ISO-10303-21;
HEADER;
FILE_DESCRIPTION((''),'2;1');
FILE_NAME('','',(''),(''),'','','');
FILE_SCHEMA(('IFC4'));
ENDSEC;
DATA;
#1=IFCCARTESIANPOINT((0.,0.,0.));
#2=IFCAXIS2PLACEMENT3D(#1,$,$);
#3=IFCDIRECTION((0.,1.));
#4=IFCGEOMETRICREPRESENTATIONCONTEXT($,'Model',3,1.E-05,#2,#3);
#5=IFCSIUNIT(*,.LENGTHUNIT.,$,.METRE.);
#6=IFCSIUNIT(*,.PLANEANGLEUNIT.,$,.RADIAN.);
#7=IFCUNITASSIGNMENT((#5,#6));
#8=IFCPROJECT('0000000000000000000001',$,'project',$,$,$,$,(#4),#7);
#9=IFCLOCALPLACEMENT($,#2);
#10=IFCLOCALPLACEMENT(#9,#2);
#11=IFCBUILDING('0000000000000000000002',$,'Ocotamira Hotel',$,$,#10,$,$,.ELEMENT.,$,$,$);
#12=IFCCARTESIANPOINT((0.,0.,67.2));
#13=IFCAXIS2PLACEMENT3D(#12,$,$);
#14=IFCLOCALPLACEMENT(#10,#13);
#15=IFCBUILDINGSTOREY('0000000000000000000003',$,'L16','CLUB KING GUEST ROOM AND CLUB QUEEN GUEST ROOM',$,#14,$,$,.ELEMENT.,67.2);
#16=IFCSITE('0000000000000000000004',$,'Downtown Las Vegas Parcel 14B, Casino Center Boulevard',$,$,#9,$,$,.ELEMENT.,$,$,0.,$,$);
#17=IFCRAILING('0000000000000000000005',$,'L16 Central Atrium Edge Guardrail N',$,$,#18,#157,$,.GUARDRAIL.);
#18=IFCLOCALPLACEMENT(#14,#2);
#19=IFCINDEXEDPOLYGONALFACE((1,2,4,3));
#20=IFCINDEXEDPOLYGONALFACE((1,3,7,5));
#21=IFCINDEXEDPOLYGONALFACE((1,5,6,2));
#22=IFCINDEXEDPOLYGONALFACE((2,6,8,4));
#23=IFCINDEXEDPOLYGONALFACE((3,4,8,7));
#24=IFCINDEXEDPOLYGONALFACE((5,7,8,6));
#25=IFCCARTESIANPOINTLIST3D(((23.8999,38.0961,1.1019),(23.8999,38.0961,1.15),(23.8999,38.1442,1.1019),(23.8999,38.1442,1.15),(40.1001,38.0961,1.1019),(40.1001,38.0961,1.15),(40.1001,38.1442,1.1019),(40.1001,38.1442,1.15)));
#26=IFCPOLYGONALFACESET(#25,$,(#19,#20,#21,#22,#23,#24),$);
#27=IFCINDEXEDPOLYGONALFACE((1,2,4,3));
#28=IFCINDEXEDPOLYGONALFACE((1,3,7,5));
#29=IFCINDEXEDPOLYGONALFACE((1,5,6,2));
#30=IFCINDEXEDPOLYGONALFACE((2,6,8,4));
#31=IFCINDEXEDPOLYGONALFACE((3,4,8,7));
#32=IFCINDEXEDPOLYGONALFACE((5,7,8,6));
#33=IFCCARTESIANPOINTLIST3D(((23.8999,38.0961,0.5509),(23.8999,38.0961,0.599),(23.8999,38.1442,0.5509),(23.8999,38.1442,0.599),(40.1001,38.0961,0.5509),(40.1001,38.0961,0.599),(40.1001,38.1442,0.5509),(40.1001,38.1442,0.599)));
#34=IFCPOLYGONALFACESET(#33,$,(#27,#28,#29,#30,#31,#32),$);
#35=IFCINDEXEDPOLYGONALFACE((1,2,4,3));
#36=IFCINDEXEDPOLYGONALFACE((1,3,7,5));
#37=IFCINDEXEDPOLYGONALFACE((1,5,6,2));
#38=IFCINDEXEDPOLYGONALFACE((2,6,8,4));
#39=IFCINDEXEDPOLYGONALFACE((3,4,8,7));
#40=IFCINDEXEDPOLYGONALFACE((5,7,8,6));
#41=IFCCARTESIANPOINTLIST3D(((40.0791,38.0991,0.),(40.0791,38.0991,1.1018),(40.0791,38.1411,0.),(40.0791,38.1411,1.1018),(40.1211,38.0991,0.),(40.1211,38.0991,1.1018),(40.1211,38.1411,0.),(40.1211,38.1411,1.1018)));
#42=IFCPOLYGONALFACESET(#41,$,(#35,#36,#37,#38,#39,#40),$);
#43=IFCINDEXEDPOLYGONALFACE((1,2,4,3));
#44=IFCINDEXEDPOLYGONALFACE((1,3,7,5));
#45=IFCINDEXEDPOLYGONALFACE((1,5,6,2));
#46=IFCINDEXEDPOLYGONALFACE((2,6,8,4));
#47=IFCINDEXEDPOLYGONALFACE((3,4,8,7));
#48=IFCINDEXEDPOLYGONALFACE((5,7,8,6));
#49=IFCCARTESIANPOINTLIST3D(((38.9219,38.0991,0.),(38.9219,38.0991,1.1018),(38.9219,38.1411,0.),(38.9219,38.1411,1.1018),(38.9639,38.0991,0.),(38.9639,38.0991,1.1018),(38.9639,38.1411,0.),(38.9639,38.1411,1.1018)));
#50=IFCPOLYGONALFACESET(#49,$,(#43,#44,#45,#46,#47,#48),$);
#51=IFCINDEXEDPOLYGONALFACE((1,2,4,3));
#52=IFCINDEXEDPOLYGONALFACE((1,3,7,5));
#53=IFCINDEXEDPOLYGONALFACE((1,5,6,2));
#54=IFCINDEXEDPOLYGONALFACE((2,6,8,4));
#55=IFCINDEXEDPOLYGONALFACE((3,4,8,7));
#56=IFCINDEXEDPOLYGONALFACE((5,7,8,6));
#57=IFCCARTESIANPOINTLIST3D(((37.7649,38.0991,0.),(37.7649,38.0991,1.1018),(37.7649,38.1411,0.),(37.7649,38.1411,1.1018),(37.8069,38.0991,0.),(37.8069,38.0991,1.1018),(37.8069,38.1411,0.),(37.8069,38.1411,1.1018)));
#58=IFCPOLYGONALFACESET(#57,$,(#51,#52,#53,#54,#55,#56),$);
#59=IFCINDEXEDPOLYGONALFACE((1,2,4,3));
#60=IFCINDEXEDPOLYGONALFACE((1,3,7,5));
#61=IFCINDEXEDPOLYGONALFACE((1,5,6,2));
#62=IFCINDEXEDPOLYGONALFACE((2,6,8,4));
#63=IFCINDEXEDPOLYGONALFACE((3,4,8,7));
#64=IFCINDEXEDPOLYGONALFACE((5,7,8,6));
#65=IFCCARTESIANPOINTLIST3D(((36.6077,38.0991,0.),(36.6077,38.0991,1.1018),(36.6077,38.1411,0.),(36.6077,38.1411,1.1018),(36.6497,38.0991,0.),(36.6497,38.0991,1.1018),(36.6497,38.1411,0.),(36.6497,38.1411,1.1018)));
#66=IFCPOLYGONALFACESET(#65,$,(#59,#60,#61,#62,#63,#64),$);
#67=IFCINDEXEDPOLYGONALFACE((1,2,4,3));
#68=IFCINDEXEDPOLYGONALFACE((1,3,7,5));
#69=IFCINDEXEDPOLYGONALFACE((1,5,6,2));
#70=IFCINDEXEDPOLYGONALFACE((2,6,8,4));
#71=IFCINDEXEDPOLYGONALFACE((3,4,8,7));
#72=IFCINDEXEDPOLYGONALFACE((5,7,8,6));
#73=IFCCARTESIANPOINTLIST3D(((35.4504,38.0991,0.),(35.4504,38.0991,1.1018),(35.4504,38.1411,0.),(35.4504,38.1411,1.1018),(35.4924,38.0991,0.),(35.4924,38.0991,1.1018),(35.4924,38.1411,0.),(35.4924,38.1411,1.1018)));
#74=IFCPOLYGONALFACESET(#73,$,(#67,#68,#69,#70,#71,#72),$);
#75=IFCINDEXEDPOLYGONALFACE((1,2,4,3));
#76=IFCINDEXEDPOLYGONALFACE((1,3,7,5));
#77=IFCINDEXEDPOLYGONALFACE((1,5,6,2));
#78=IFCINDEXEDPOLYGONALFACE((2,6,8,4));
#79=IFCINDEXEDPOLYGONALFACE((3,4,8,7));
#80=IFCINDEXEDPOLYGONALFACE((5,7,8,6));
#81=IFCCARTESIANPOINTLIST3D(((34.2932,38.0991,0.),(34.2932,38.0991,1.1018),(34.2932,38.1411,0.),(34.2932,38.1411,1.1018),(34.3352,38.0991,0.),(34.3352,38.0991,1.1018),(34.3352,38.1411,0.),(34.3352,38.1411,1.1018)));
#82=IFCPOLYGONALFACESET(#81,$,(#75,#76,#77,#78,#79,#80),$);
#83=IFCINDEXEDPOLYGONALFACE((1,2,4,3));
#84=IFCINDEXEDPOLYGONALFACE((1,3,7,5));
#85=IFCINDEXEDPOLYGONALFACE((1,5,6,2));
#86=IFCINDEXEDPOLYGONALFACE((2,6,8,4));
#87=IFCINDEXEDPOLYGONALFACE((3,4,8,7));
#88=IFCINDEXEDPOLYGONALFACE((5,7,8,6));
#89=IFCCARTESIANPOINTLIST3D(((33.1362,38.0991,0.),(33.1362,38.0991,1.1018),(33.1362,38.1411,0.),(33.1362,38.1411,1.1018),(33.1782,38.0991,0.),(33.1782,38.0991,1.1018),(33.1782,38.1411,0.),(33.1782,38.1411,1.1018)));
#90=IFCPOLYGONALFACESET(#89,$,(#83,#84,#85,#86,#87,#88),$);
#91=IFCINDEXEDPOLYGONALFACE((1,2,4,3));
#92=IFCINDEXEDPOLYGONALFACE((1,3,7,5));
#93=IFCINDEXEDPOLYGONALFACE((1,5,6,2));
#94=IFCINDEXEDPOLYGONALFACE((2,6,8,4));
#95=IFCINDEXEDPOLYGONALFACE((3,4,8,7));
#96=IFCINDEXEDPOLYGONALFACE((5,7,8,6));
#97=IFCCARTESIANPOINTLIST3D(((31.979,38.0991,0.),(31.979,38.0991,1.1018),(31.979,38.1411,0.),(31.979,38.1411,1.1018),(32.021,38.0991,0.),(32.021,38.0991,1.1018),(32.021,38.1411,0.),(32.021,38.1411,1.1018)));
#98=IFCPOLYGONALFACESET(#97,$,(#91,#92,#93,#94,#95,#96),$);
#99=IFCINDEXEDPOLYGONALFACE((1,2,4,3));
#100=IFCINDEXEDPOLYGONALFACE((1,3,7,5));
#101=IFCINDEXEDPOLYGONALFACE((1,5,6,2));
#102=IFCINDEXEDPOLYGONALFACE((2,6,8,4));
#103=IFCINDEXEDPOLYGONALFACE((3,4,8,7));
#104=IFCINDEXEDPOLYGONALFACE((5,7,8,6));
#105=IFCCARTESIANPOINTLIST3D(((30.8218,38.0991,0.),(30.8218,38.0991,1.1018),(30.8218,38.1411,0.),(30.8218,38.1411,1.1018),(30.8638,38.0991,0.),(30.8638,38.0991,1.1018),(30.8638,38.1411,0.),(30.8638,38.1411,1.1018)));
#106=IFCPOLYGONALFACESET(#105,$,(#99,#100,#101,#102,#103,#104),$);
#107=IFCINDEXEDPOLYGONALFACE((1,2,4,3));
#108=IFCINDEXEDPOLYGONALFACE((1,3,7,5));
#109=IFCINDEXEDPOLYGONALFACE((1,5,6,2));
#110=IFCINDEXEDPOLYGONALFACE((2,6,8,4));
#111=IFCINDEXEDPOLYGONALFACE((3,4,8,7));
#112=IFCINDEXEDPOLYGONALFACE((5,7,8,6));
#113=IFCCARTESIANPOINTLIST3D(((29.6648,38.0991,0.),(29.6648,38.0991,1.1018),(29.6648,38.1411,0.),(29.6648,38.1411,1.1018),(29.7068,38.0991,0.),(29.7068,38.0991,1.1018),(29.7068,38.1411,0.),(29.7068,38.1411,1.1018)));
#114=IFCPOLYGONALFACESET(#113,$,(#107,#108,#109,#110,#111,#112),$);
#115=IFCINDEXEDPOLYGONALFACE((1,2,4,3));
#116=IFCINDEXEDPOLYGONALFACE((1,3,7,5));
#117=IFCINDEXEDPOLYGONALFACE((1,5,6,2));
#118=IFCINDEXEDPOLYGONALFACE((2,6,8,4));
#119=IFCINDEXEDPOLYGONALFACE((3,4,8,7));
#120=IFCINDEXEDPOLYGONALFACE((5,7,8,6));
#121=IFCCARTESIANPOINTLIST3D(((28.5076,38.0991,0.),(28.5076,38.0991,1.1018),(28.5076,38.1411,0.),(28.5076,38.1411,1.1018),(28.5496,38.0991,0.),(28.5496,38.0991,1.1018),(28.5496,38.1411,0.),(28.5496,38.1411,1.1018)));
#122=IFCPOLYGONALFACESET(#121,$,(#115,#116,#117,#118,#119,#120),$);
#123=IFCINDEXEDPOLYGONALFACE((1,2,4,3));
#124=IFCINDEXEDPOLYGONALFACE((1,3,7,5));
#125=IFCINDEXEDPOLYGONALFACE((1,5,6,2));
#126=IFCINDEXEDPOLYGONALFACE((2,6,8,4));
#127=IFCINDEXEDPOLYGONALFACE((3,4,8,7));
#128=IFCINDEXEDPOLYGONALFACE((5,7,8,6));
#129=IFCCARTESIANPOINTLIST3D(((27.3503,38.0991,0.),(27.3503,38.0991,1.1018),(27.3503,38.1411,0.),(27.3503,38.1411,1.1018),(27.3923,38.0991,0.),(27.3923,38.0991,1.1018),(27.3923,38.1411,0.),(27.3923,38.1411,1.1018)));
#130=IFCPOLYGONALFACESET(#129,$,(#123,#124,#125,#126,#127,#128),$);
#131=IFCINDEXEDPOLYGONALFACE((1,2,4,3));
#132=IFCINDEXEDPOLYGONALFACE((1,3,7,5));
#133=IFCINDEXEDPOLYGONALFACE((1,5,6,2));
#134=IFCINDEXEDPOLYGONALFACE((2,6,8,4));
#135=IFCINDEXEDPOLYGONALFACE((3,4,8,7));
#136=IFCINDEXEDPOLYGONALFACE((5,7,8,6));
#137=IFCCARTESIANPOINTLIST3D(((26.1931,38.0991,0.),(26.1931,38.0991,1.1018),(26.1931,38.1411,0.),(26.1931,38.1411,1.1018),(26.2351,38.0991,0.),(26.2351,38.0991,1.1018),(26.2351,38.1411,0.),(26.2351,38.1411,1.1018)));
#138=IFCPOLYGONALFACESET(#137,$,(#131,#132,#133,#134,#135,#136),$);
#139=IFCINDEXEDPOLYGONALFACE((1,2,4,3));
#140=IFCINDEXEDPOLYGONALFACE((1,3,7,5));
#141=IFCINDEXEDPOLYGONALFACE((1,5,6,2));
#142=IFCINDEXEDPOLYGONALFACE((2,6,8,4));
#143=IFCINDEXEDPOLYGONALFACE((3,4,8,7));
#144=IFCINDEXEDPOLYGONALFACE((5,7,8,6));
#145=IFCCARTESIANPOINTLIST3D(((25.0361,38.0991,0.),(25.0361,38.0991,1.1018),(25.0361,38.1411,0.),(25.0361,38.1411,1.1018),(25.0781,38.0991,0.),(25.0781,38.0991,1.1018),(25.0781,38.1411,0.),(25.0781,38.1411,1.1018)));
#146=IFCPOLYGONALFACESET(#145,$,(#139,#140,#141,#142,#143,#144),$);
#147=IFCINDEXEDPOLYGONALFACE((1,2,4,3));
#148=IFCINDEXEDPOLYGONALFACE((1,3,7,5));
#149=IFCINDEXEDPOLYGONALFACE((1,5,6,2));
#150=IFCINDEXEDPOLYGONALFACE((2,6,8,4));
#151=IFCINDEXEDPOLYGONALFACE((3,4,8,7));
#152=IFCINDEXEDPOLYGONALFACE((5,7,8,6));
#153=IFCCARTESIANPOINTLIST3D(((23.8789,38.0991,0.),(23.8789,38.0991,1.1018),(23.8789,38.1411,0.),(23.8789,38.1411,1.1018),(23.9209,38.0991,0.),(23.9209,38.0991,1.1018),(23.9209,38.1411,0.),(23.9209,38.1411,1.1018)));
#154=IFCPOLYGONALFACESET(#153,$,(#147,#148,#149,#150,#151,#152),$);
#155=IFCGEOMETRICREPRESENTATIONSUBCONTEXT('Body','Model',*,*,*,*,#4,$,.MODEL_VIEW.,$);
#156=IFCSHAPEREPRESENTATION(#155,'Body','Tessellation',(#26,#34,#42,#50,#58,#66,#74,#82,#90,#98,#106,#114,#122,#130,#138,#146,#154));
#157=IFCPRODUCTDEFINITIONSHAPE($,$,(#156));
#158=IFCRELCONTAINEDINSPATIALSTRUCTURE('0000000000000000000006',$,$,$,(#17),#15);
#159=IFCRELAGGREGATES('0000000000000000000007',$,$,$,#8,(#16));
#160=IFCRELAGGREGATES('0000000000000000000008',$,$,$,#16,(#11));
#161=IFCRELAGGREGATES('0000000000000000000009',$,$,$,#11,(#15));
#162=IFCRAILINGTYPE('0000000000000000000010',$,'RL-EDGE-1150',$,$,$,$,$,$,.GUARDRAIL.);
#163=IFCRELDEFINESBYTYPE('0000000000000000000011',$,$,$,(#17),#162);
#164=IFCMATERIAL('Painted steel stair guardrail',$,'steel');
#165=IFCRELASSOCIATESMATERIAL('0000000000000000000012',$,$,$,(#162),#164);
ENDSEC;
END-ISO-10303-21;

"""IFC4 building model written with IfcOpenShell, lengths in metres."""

from ifc_helpers import new_model, si_unit, direction, frame, origin, origin_2d, place, context, subcontext, project, spatial, rectangle, extrude, material, type_object, element, save


model = new_model("IFC4")

# Units and contexts
model_context = context("Model", 3, precision=1e-05, world=origin(), true_north=direction((0.0, 1.0)))
body_context = subcontext(model_context, "Body", "Model", "MODEL_VIEW")
ifc_project = project(units=[si_unit("LENGTHUNIT", "METRE"), si_unit("PLANEANGLEUNIT", "RADIAN")], contexts=[model_context])

# Site, building, storey
site_placement = place(None, origin())
site = spatial("IfcSite", under=ifc_project, at=site_placement, Name="Downtown Las Vegas Parcel 14B, Casino Center Boulevard", CompositionType="ELEMENT", RefElevation=0.0)
building_placement = place(site_placement, origin())
building = spatial("IfcBuilding", under=site, at=building_placement, Name="Ocotamira Hotel", CompositionType="ELEMENT")
storey_placement = place(building_placement, frame((0.0, 0.0, 67.2)))
storey = spatial("IfcBuildingStorey", under=building, at=storey_placement, Name="L16", Description="CLUB KING GUEST ROOM AND CLUB QUEEN GUEST ROOM", CompositionType="ELEMENT", Elevation=67.2)

# Railing
ifc_material_1 = material(Name="Painted steel stair guardrail", Category="steel")
railing_type = type_object("IfcRailingType", Name="RL-EDGE-1150", PredefinedType="GUARDRAIL", material=ifc_material_1)
railing_placement = place(storey_placement, frame((40.1001, 38.1201, 0.0)))
element("IfcRailing", 1, at=railing_placement, inside=storey, type_object=railing_type, Name="L16 Central Atrium Edge Guardrail N", PredefinedType="GUARDRAIL", context=body_context, shape_type="SweptSolid", body=[
    extrude(rectangle(XDim=0.0481, YDim=0.0481, at=origin_2d()), frame((0.0, 0.0, 1.126), z_axis=(-1.0, 0.0, 0.0), x_axis=(0.0, -1.0, 0.0)), (0.0, 0.0, 1.0), 16.2002),
    extrude(rectangle(XDim=0.0481, YDim=0.0481, at=origin_2d()), frame((0.0, 0.0, 0.575), z_axis=(-1.0, 0.0, 0.0), x_axis=(0.0, -1.0, 0.0)), (0.0, 0.0, 1.0), 16.2002),
    extrude(rectangle(XDim=0.042, YDim=0.042, at=origin_2d()), origin(), (0.0, 0.0, 1.0), 1.1018),
    extrude(rectangle(XDim=0.042, YDim=0.042, at=origin_2d()), frame((-1.1572, 0.0, 0.0)), (0.0, 0.0, 1.0), 1.1018),
    extrude(rectangle(XDim=0.042, YDim=0.042, at=origin_2d()), frame((-2.3142, 0.0, 0.0)), (0.0, 0.0, 1.0), 1.1018),
    extrude(rectangle(XDim=0.042, YDim=0.042, at=origin_2d()), frame((-3.4714, 0.0, 0.0)), (0.0, 0.0, 1.0), 1.1018),
    extrude(rectangle(XDim=0.042, YDim=0.042, at=origin_2d()), frame((-4.6287, 0.0, 0.0)), (0.0, 0.0, 1.0), 1.1018),
    extrude(rectangle(XDim=0.042, YDim=0.042, at=origin_2d()), frame((-5.7859, 0.0, 0.0)), (0.0, 0.0, 1.0), 1.1018),
    extrude(rectangle(XDim=0.042, YDim=0.042, at=origin_2d()), frame((-6.9429, 0.0, 0.0)), (0.0, 0.0, 1.0), 1.1018),
    extrude(rectangle(XDim=0.042, YDim=0.042, at=origin_2d()), frame((-8.1001, 0.0, 0.0)), (0.0, 0.0, 1.0), 1.1018),
    extrude(rectangle(XDim=0.042, YDim=0.042, at=origin_2d()), frame((-9.2573, 0.0, 0.0)), (0.0, 0.0, 1.0), 1.1018),
    extrude(rectangle(XDim=0.042, YDim=0.042, at=origin_2d()), frame((-10.4143, 0.0, 0.0)), (0.0, 0.0, 1.0), 1.1018),
    extrude(rectangle(XDim=0.042, YDim=0.042, at=origin_2d()), frame((-11.5715, 0.0, 0.0)), (0.0, 0.0, 1.0), 1.1018),
    extrude(rectangle(XDim=0.042, YDim=0.042, at=origin_2d()), frame((-12.7288, 0.0, 0.0)), (0.0, 0.0, 1.0), 1.1018),
    extrude(rectangle(XDim=0.042, YDim=0.042, at=origin_2d()), frame((-13.886, 0.0, 0.0)), (0.0, 0.0, 1.0), 1.1018),
    extrude(rectangle(XDim=0.042, YDim=0.042, at=origin_2d()), frame((-15.043, 0.0, 0.0)), (0.0, 0.0, 1.0), 1.1018),
    extrude(rectangle(XDim=0.042, YDim=0.042, at=origin_2d()), frame((-16.2002, 0.0, 0.0)), (0.0, 0.0, 1.0), 1.1018),
])

save(model, "model.ifc")
